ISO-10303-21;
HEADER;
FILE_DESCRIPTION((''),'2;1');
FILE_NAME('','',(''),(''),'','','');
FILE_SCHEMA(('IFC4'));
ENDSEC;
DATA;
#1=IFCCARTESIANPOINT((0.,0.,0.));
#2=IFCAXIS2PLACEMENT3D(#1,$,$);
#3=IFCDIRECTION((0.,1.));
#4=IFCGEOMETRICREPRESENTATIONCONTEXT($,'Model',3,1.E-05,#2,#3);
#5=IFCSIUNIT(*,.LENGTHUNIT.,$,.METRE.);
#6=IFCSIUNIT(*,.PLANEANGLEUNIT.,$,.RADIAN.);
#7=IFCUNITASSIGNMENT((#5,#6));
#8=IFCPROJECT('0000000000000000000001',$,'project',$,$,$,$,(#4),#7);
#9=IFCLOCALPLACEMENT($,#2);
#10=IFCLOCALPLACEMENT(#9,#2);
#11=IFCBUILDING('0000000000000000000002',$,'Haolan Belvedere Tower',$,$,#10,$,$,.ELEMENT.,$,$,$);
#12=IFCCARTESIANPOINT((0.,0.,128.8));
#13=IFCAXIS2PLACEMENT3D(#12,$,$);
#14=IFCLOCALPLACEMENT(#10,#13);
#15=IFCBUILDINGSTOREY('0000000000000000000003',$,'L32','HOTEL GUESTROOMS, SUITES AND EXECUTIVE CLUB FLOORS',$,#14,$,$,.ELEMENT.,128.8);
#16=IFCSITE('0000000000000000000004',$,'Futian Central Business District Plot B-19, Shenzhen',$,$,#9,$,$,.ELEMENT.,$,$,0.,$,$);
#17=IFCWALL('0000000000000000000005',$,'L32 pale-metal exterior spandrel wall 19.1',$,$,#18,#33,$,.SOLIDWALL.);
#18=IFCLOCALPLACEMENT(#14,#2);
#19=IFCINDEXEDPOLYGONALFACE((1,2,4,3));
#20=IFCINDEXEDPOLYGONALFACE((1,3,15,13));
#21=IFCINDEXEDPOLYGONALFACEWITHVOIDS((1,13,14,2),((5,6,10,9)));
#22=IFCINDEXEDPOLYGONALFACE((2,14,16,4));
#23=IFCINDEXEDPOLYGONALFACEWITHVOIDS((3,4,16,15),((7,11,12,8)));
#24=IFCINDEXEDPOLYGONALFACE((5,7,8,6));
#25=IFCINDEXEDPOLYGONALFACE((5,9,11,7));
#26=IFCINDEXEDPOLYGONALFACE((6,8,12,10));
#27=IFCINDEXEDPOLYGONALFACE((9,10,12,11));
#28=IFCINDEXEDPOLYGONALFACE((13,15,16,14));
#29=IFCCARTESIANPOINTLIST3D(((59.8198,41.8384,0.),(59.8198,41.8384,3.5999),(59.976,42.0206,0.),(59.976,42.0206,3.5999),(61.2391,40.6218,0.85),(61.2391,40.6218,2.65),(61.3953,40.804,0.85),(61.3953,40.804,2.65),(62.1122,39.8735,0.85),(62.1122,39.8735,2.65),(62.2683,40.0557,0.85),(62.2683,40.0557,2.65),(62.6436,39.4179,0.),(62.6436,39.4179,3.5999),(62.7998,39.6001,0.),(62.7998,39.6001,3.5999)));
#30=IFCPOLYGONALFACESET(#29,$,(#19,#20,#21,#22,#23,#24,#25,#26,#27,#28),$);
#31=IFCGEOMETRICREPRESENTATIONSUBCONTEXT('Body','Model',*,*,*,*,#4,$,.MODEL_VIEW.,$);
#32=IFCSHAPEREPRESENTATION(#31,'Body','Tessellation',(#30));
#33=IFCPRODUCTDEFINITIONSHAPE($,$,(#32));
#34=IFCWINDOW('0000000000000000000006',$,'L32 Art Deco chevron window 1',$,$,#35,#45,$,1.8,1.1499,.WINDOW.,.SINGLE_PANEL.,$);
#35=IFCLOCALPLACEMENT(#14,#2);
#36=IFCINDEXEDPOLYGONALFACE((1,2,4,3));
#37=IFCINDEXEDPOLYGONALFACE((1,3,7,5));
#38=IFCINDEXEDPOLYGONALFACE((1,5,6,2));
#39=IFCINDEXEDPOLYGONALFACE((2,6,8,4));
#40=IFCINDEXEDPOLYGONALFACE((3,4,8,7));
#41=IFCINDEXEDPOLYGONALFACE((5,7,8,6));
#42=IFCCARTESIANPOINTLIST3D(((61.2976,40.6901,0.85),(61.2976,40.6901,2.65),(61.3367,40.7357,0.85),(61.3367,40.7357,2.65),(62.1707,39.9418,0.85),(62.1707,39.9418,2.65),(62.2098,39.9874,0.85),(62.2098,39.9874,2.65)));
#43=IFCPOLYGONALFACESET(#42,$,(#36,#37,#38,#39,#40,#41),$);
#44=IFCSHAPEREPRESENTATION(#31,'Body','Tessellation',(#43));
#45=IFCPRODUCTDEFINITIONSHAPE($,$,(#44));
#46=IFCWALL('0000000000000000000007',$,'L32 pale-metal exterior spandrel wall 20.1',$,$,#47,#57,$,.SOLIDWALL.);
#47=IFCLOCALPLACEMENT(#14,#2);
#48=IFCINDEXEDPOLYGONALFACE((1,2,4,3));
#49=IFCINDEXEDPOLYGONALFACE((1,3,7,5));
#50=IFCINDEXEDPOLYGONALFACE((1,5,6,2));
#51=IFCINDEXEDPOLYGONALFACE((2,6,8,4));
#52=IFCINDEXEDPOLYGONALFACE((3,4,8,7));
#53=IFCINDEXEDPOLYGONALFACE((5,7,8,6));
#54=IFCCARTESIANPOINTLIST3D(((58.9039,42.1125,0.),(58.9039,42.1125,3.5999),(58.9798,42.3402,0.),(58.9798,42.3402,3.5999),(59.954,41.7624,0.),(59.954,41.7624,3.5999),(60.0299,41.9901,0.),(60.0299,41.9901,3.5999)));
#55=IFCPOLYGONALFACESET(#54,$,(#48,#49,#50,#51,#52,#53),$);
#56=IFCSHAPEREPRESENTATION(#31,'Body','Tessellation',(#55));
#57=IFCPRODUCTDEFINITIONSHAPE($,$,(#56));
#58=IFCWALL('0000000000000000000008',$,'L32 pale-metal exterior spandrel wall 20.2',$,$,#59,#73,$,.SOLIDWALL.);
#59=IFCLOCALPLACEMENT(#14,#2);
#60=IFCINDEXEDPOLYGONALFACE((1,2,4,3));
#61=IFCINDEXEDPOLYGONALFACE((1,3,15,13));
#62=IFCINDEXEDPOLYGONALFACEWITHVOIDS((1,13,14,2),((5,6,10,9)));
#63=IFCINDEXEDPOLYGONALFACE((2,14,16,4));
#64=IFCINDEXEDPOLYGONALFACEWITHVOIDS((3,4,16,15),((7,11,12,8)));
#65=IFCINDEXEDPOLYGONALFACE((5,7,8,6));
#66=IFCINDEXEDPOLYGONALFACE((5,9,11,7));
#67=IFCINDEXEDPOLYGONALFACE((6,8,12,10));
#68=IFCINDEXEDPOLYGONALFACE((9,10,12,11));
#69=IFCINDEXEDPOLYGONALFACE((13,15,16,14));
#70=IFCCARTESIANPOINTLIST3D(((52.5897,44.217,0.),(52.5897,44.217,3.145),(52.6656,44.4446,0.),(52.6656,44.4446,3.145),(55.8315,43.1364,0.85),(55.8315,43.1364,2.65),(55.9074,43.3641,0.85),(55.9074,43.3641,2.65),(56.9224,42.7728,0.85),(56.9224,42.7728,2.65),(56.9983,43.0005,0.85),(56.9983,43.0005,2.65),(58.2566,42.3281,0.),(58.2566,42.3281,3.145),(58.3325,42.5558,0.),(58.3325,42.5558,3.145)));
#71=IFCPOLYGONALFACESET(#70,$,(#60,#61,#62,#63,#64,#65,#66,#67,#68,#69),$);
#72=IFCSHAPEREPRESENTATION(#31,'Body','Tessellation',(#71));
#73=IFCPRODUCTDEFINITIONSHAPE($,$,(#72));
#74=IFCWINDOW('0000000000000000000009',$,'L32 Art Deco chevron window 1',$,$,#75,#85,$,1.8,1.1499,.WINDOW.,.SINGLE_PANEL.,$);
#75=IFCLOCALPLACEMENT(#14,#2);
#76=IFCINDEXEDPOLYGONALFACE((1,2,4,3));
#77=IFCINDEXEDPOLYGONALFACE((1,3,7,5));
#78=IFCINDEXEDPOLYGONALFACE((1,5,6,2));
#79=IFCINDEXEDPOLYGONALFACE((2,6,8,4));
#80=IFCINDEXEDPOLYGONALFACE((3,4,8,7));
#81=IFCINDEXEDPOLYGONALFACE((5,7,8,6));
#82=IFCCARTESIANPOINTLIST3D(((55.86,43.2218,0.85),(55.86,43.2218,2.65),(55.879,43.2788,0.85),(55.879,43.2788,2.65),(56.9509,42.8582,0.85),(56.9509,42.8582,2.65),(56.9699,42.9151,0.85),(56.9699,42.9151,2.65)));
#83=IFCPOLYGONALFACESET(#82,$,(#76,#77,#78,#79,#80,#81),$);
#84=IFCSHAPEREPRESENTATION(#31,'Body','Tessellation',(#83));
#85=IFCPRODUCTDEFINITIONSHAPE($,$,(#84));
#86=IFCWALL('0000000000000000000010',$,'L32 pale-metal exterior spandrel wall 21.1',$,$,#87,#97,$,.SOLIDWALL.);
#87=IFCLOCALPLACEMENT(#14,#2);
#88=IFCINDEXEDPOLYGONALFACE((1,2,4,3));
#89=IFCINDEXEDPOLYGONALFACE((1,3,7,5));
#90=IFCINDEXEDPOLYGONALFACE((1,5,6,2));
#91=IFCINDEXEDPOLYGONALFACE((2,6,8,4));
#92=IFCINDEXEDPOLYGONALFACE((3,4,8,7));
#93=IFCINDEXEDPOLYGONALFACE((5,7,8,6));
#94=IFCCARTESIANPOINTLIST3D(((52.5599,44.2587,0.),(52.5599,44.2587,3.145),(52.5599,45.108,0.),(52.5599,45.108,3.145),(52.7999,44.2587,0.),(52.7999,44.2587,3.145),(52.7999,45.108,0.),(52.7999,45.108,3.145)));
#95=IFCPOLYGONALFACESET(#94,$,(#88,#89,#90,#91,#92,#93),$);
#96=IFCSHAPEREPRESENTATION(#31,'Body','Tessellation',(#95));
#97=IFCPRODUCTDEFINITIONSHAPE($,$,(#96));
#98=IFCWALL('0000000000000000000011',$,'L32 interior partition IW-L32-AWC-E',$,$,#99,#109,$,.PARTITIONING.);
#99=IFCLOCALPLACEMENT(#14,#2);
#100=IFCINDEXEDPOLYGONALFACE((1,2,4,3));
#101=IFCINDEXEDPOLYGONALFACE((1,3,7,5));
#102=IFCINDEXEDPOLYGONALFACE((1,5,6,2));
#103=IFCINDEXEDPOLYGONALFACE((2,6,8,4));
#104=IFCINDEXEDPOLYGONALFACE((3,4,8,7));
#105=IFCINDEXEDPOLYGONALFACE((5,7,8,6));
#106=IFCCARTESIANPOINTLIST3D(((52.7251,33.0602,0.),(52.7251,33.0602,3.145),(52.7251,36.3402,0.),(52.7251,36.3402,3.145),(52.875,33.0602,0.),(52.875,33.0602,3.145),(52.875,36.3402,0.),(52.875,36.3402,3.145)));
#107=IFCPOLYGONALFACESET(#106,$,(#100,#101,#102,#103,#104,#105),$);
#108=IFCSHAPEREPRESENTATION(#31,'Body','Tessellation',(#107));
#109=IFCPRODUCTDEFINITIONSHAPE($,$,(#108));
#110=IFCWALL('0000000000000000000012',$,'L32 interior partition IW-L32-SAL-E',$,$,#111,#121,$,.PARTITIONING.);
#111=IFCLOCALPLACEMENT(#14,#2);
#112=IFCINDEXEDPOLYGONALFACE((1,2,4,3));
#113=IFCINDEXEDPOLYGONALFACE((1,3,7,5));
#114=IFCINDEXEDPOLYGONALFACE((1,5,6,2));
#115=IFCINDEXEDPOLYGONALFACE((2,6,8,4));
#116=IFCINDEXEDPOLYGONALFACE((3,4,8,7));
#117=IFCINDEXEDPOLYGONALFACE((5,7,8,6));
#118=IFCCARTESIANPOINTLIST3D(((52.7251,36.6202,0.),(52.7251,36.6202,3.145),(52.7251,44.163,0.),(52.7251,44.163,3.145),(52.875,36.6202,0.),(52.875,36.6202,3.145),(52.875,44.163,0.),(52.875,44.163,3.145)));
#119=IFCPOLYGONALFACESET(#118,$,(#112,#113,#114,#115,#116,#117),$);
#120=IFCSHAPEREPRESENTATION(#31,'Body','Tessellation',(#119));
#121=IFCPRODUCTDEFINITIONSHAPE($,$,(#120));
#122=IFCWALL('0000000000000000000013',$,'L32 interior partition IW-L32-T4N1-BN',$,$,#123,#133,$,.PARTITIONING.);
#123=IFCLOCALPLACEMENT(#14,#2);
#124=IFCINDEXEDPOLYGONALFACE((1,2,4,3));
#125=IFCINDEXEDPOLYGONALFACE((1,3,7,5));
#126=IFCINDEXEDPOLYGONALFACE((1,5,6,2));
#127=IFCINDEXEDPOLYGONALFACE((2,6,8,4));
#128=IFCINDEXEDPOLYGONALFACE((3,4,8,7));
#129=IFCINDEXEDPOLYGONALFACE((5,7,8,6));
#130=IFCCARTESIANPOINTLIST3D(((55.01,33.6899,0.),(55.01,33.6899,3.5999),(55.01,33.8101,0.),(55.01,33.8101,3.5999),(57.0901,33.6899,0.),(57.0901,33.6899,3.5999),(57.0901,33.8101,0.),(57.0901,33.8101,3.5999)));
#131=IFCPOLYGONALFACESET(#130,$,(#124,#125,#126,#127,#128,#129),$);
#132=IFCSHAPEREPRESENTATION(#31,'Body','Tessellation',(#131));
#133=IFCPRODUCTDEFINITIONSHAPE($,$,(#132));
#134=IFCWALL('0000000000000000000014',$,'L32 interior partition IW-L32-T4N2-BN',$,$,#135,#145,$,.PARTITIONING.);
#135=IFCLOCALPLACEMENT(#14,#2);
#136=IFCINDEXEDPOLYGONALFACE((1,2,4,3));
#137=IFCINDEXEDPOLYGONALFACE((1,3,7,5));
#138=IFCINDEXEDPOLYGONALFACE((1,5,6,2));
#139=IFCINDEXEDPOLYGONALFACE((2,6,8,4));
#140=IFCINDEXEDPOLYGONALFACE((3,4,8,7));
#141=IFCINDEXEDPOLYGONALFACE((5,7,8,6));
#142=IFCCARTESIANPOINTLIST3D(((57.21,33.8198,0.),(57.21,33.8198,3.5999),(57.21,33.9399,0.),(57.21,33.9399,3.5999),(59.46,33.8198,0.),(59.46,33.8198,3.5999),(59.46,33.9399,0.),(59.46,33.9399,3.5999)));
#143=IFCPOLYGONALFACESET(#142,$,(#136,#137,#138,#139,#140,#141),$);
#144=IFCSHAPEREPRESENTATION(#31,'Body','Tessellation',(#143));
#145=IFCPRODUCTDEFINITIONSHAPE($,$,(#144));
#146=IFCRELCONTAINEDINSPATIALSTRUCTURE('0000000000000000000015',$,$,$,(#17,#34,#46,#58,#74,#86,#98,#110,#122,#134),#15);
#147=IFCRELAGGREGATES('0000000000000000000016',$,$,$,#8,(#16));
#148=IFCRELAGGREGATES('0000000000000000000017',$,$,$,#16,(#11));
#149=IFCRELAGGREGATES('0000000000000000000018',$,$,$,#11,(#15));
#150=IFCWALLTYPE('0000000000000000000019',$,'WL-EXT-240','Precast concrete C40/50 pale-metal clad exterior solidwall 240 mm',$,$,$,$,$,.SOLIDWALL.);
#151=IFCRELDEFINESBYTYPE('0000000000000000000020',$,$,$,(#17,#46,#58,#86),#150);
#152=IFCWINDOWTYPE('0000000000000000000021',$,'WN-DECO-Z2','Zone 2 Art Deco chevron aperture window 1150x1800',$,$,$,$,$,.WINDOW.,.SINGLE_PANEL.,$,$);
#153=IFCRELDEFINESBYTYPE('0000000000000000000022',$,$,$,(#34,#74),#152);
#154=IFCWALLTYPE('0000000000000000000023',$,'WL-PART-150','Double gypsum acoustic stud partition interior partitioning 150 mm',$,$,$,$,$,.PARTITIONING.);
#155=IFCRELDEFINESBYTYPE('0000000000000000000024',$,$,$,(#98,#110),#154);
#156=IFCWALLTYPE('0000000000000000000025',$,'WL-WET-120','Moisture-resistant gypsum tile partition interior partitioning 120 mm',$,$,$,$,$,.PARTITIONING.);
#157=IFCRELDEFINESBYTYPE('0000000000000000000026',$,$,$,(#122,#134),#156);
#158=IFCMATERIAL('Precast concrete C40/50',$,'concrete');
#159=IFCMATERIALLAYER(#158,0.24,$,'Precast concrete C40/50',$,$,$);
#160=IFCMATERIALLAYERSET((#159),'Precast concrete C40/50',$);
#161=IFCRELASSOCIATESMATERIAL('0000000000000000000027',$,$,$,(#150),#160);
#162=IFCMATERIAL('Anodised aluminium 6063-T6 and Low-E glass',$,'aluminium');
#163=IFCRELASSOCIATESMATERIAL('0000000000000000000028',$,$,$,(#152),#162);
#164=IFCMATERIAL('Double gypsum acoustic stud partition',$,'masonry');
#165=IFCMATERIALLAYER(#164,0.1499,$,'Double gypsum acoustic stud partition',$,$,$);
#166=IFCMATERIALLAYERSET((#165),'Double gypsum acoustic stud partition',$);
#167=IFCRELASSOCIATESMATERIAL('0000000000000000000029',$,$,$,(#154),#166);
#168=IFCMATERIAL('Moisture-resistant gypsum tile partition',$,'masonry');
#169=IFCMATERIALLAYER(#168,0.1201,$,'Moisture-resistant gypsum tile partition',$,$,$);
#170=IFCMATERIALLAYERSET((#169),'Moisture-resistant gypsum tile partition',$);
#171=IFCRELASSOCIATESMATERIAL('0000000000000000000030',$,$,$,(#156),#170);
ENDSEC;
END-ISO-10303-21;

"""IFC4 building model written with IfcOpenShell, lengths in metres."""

from ifc_helpers import new_model, si_unit, direction, frame, frame_2d, origin, place, context, subcontext, project, spatial, rectangle, extrude, material, layer, layer_set, type_object, element, fill, save


model = new_model("IFC4")

# Units and contexts
model_context = context("Model", 3, precision=1e-05, world=origin(), true_north=direction((0.0, 1.0)))
body_context = subcontext(model_context, "Body", "Model", "MODEL_VIEW")
ifc_project = project(units=[si_unit("LENGTHUNIT", "METRE"), si_unit("PLANEANGLEUNIT", "RADIAN")], contexts=[model_context])

# Site, building, storey
site_placement = place(None, origin())
site = spatial("IfcSite", under=ifc_project, at=site_placement, Name="Futian Central Business District Plot B-19, Shenzhen", CompositionType="ELEMENT", RefElevation=0.0)
building_placement = place(site_placement, origin())
building = spatial("IfcBuilding", under=site, at=building_placement, Name="Haolan Belvedere Tower", CompositionType="ELEMENT")
storey_placement = place(building_placement, frame((0.0, 0.0, 128.8)))
storey = spatial("IfcBuildingStorey", under=building, at=storey_placement, Name="L32", Description="HOTEL GUESTROOMS, SUITES AND EXECUTIVE CLUB FLOORS", CompositionType="ELEMENT", Elevation=128.8)

# Shared definitions
ifc_material_1 = material(Name="Precast concrete C40/50", Category="concrete")
ifc_layer_1 = layer(ifc_material_1, 0.24, Name="Precast concrete C40/50")
ifc_layer_set_1 = layer_set([ifc_layer_1], Name="Precast concrete C40/50")
wall_type_1 = type_object("IfcWallType", Name="WL-EXT-240", Description="Precast concrete C40/50 pale-metal clad exterior solidwall 240 mm", PredefinedType="SOLIDWALL", material=ifc_layer_set_1)

# Wall, opening, window
wall_1_placement = place(storey_placement, frame((62.7217, 39.509, 0.0), z_axis=(0.0, 0.0, 1.0), x_axis=(-0.759247, 0.650802, 0.0)))
wall_1 = element("IfcWall", 1, at=wall_1_placement, inside=storey, type_object=wall_type_1, Name="L32 pale-metal exterior spandrel wall 19.1", PredefinedType="SOLIDWALL", context=body_context, shape_type="SweptSolid", body=[
    extrude(rectangle(XDim=3.7192, YDim=0.24, at=frame_2d((1.8596, 0.0))), origin(), (0.0, 0.0, 1.0), 3.5999),
])
opening_1_placement = place(wall_1_placement, frame((0.7, 0.0, 0.8501)))
opening_1 = element("IfcOpeningElement", 2, at=opening_1_placement, cuts=wall_1, PredefinedType="OPENING", context=body_context, shape_type="SweptSolid", body=[
    extrude(rectangle(XDim=1.1499, YDim=1.8, at=frame_2d((0.575, 0.8999))), frame((0.0, 0.1299, 0.0), z_axis=(0.0, -1.0, 0.0), x_axis=(1.0, 0.0, 0.0)), (0.0, 0.0, 1.0), 0.26),
])
ifc_material_2 = material(Name="Anodised aluminium 6063-T6 and Low-E glass", Category="aluminium")
window_type = type_object("IfcWindowType", Name="WN-DECO-Z2", Description="Zone 2 Art Deco chevron aperture window 1150x1800", PartitioningType="SINGLE_PANEL", PredefinedType="WINDOW", material=ifc_material_2)
window_1_placement = place(opening_1_placement, origin())
window_1 = element("IfcWindow", 3, at=window_1_placement, inside=storey, type_object=window_type, Name="L32 Art Deco chevron window 1", OverallHeight=1.8, OverallWidth=1.1499, PartitioningType="SINGLE_PANEL", PredefinedType="WINDOW", context=body_context, shape_type="SweptSolid", body=[
    extrude(rectangle(XDim=1.1499, YDim=1.8, at=frame_2d((0.575, 0.8999))), frame((0.0, 0.03, 0.0), z_axis=(0.0, -1.0, 0.0), x_axis=(1.0, 0.0, 0.0)), (0.0, 0.0, 1.0), 0.0601),
])
fill(opening_1, window_1)

# Wall
wall_2_placement = place(storey_placement, frame((59.9919, 41.8762, 0.0), z_axis=(0.0, 0.0, 1.0), x_axis=(-0.948661, 0.316294, 0.0)))
element("IfcWall", 4, at=wall_2_placement, inside=storey, type_object=wall_type_1, Name="L32 pale-metal exterior spandrel wall 20.1", PredefinedType="SOLIDWALL", context=body_context, shape_type="SweptSolid", body=[
    extrude(rectangle(XDim=1.1069, YDim=0.24, at=frame_2d((0.5535, 0.0))), origin(), (0.0, 0.0, 1.0), 3.5999),
])

# Wall, opening, window
wall_3_placement = place(storey_placement, frame((58.2947, 42.4419, 0.0), z_axis=(0.0, 0.0, 1.0), x_axis=(-0.948687, 0.316216, 0.0)))
wall_3 = element("IfcWall", 5, at=wall_3_placement, inside=storey, type_object=wall_type_1, Name="L32 pale-metal exterior spandrel wall 20.2", PredefinedType="SOLIDWALL", context=body_context, shape_type="SweptSolid", body=[
    extrude(rectangle(XDim=5.9734, YDim=0.24, at=frame_2d((2.9868, 0.0))), origin(), (0.0, 0.0, 1.0), 3.145),
])
opening_2_placement = place(wall_3_placement, frame((1.4065, 0.0, 0.8501)))
opening_2 = element("IfcOpeningElement", 6, at=opening_2_placement, cuts=wall_3, PredefinedType="OPENING", context=body_context, shape_type="SweptSolid", body=[
    extrude(rectangle(XDim=1.1499, YDim=1.8, at=frame_2d((0.575, 0.8999))), frame((0.0, 0.1299, 0.0), z_axis=(0.0, -1.0, 0.0), x_axis=(1.0, 0.0, 0.0)), (0.0, 0.0, 1.0), 0.26),
])
window_2_placement = place(opening_2_placement, origin())
window_2 = element("IfcWindow", 7, at=window_2_placement, inside=storey, type_object=window_type, Name="L32 Art Deco chevron window 1", OverallHeight=1.8, OverallWidth=1.1499, PartitioningType="SINGLE_PANEL", PredefinedType="WINDOW", context=body_context, shape_type="SweptSolid", body=[
    extrude(rectangle(XDim=1.1499, YDim=1.8, at=frame_2d((0.575, 0.8999))), frame((0.0, 0.03, 0.0), z_axis=(0.0, -1.0, 0.0), x_axis=(1.0, 0.0, 0.0)), (0.0, 0.0, 1.0), 0.0601),
])
fill(opening_2, window_2)

# Walls
wall_4_placement = place(storey_placement, frame((52.6799, 44.2585, 0.0), z_axis=(0.0, 0.0, 1.0), x_axis=(0.0, 1.0, 0.0)))
element("IfcWall", 8, at=wall_4_placement, inside=storey, type_object=wall_type_1, Name="L32 pale-metal exterior spandrel wall 21.1", PredefinedType="SOLIDWALL", context=body_context, shape_type="SweptSolid", body=[
    extrude(rectangle(XDim=0.8494, YDim=0.24, at=frame_2d((0.4248, 0.0))), origin(), (0.0, 0.0, 1.0), 3.145),
])
ifc_material_3 = material(Name="Double gypsum acoustic stud partition", Category="masonry")
ifc_layer_2 = layer(ifc_material_3, 0.1499, Name="Double gypsum acoustic stud partition")
ifc_layer_set_2 = layer_set([ifc_layer_2], Name="Double gypsum acoustic stud partition")
wall_type_2 = type_object("IfcWallType", Name="WL-PART-150", Description="Double gypsum acoustic stud partition interior partitioning 150 mm", PredefinedType="PARTITIONING", material=ifc_layer_set_2)
wall_5_placement = place(storey_placement, frame((52.8, 33.0601, 0.0), z_axis=(0.0, 0.0, 1.0), x_axis=(0.0, 1.0, 0.0)))
element("IfcWall", 9, at=wall_5_placement, inside=storey, type_object=wall_type_2, Name="L32 interior partition IW-L32-AWC-E", PredefinedType="PARTITIONING", context=body_context, shape_type="SweptSolid", body=[
    extrude(rectangle(XDim=3.28, YDim=0.1499, at=frame_2d((1.6401, 0.0))), origin(), (0.0, 0.0, 1.0), 3.145),
])
wall_6_placement = place(storey_placement, frame((52.8, 36.6201, 0.0), z_axis=(0.0, 0.0, 1.0), x_axis=(0.0, 1.0, 0.0)))
element("IfcWall", 10, at=wall_6_placement, inside=storey, type_object=wall_type_2, Name="L32 interior partition IW-L32-SAL-E", PredefinedType="PARTITIONING", context=body_context, shape_type="SweptSolid", body=[
    extrude(rectangle(XDim=7.5427, YDim=0.1499, at=frame_2d((3.7715, 0.0))), origin(), (0.0, 0.0, 1.0), 3.145),
])
ifc_material_4 = material(Name="Moisture-resistant gypsum tile partition", Category="masonry")
ifc_layer_3 = layer(ifc_material_4, 0.1201, Name="Moisture-resistant gypsum tile partition")
ifc_layer_set_3 = layer_set([ifc_layer_3], Name="Moisture-resistant gypsum tile partition")
wall_type_3 = type_object("IfcWallType", Name="WL-WET-120", Description="Moisture-resistant gypsum tile partition interior partitioning 120 mm", PredefinedType="PARTITIONING", material=ifc_layer_set_3)
wall_7_placement = place(storey_placement, frame((55.01, 33.75, 0.0), z_axis=(0.0, 0.0, 1.0), x_axis=(1.0, 0.0, 0.0)))
element("IfcWall", 11, at=wall_7_placement, inside=storey, type_object=wall_type_3, Name="L32 interior partition IW-L32-T4N1-BN", PredefinedType="PARTITIONING", context=body_context, shape_type="SweptSolid", body=[
    extrude(rectangle(XDim=2.0801, YDim=0.1201, at=frame_2d((1.04, 0.0))), origin(), (0.0, 0.0, 1.0), 3.5999),
])
wall_8_placement = place(storey_placement, frame((57.21, 33.8799, 0.0), z_axis=(0.0, 0.0, 1.0), x_axis=(1.0, 0.0, 0.0)))
element("IfcWall", 12, at=wall_8_placement, inside=storey, type_object=wall_type_3, Name="L32 interior partition IW-L32-T4N2-BN", PredefinedType="PARTITIONING", context=body_context, shape_type="SweptSolid", body=[
    extrude(rectangle(XDim=2.25, YDim=0.1201, at=frame_2d((1.125, 0.0))), origin(), (0.0, 0.0, 1.0), 3.5999),
])

save(model, "model.ifc")
